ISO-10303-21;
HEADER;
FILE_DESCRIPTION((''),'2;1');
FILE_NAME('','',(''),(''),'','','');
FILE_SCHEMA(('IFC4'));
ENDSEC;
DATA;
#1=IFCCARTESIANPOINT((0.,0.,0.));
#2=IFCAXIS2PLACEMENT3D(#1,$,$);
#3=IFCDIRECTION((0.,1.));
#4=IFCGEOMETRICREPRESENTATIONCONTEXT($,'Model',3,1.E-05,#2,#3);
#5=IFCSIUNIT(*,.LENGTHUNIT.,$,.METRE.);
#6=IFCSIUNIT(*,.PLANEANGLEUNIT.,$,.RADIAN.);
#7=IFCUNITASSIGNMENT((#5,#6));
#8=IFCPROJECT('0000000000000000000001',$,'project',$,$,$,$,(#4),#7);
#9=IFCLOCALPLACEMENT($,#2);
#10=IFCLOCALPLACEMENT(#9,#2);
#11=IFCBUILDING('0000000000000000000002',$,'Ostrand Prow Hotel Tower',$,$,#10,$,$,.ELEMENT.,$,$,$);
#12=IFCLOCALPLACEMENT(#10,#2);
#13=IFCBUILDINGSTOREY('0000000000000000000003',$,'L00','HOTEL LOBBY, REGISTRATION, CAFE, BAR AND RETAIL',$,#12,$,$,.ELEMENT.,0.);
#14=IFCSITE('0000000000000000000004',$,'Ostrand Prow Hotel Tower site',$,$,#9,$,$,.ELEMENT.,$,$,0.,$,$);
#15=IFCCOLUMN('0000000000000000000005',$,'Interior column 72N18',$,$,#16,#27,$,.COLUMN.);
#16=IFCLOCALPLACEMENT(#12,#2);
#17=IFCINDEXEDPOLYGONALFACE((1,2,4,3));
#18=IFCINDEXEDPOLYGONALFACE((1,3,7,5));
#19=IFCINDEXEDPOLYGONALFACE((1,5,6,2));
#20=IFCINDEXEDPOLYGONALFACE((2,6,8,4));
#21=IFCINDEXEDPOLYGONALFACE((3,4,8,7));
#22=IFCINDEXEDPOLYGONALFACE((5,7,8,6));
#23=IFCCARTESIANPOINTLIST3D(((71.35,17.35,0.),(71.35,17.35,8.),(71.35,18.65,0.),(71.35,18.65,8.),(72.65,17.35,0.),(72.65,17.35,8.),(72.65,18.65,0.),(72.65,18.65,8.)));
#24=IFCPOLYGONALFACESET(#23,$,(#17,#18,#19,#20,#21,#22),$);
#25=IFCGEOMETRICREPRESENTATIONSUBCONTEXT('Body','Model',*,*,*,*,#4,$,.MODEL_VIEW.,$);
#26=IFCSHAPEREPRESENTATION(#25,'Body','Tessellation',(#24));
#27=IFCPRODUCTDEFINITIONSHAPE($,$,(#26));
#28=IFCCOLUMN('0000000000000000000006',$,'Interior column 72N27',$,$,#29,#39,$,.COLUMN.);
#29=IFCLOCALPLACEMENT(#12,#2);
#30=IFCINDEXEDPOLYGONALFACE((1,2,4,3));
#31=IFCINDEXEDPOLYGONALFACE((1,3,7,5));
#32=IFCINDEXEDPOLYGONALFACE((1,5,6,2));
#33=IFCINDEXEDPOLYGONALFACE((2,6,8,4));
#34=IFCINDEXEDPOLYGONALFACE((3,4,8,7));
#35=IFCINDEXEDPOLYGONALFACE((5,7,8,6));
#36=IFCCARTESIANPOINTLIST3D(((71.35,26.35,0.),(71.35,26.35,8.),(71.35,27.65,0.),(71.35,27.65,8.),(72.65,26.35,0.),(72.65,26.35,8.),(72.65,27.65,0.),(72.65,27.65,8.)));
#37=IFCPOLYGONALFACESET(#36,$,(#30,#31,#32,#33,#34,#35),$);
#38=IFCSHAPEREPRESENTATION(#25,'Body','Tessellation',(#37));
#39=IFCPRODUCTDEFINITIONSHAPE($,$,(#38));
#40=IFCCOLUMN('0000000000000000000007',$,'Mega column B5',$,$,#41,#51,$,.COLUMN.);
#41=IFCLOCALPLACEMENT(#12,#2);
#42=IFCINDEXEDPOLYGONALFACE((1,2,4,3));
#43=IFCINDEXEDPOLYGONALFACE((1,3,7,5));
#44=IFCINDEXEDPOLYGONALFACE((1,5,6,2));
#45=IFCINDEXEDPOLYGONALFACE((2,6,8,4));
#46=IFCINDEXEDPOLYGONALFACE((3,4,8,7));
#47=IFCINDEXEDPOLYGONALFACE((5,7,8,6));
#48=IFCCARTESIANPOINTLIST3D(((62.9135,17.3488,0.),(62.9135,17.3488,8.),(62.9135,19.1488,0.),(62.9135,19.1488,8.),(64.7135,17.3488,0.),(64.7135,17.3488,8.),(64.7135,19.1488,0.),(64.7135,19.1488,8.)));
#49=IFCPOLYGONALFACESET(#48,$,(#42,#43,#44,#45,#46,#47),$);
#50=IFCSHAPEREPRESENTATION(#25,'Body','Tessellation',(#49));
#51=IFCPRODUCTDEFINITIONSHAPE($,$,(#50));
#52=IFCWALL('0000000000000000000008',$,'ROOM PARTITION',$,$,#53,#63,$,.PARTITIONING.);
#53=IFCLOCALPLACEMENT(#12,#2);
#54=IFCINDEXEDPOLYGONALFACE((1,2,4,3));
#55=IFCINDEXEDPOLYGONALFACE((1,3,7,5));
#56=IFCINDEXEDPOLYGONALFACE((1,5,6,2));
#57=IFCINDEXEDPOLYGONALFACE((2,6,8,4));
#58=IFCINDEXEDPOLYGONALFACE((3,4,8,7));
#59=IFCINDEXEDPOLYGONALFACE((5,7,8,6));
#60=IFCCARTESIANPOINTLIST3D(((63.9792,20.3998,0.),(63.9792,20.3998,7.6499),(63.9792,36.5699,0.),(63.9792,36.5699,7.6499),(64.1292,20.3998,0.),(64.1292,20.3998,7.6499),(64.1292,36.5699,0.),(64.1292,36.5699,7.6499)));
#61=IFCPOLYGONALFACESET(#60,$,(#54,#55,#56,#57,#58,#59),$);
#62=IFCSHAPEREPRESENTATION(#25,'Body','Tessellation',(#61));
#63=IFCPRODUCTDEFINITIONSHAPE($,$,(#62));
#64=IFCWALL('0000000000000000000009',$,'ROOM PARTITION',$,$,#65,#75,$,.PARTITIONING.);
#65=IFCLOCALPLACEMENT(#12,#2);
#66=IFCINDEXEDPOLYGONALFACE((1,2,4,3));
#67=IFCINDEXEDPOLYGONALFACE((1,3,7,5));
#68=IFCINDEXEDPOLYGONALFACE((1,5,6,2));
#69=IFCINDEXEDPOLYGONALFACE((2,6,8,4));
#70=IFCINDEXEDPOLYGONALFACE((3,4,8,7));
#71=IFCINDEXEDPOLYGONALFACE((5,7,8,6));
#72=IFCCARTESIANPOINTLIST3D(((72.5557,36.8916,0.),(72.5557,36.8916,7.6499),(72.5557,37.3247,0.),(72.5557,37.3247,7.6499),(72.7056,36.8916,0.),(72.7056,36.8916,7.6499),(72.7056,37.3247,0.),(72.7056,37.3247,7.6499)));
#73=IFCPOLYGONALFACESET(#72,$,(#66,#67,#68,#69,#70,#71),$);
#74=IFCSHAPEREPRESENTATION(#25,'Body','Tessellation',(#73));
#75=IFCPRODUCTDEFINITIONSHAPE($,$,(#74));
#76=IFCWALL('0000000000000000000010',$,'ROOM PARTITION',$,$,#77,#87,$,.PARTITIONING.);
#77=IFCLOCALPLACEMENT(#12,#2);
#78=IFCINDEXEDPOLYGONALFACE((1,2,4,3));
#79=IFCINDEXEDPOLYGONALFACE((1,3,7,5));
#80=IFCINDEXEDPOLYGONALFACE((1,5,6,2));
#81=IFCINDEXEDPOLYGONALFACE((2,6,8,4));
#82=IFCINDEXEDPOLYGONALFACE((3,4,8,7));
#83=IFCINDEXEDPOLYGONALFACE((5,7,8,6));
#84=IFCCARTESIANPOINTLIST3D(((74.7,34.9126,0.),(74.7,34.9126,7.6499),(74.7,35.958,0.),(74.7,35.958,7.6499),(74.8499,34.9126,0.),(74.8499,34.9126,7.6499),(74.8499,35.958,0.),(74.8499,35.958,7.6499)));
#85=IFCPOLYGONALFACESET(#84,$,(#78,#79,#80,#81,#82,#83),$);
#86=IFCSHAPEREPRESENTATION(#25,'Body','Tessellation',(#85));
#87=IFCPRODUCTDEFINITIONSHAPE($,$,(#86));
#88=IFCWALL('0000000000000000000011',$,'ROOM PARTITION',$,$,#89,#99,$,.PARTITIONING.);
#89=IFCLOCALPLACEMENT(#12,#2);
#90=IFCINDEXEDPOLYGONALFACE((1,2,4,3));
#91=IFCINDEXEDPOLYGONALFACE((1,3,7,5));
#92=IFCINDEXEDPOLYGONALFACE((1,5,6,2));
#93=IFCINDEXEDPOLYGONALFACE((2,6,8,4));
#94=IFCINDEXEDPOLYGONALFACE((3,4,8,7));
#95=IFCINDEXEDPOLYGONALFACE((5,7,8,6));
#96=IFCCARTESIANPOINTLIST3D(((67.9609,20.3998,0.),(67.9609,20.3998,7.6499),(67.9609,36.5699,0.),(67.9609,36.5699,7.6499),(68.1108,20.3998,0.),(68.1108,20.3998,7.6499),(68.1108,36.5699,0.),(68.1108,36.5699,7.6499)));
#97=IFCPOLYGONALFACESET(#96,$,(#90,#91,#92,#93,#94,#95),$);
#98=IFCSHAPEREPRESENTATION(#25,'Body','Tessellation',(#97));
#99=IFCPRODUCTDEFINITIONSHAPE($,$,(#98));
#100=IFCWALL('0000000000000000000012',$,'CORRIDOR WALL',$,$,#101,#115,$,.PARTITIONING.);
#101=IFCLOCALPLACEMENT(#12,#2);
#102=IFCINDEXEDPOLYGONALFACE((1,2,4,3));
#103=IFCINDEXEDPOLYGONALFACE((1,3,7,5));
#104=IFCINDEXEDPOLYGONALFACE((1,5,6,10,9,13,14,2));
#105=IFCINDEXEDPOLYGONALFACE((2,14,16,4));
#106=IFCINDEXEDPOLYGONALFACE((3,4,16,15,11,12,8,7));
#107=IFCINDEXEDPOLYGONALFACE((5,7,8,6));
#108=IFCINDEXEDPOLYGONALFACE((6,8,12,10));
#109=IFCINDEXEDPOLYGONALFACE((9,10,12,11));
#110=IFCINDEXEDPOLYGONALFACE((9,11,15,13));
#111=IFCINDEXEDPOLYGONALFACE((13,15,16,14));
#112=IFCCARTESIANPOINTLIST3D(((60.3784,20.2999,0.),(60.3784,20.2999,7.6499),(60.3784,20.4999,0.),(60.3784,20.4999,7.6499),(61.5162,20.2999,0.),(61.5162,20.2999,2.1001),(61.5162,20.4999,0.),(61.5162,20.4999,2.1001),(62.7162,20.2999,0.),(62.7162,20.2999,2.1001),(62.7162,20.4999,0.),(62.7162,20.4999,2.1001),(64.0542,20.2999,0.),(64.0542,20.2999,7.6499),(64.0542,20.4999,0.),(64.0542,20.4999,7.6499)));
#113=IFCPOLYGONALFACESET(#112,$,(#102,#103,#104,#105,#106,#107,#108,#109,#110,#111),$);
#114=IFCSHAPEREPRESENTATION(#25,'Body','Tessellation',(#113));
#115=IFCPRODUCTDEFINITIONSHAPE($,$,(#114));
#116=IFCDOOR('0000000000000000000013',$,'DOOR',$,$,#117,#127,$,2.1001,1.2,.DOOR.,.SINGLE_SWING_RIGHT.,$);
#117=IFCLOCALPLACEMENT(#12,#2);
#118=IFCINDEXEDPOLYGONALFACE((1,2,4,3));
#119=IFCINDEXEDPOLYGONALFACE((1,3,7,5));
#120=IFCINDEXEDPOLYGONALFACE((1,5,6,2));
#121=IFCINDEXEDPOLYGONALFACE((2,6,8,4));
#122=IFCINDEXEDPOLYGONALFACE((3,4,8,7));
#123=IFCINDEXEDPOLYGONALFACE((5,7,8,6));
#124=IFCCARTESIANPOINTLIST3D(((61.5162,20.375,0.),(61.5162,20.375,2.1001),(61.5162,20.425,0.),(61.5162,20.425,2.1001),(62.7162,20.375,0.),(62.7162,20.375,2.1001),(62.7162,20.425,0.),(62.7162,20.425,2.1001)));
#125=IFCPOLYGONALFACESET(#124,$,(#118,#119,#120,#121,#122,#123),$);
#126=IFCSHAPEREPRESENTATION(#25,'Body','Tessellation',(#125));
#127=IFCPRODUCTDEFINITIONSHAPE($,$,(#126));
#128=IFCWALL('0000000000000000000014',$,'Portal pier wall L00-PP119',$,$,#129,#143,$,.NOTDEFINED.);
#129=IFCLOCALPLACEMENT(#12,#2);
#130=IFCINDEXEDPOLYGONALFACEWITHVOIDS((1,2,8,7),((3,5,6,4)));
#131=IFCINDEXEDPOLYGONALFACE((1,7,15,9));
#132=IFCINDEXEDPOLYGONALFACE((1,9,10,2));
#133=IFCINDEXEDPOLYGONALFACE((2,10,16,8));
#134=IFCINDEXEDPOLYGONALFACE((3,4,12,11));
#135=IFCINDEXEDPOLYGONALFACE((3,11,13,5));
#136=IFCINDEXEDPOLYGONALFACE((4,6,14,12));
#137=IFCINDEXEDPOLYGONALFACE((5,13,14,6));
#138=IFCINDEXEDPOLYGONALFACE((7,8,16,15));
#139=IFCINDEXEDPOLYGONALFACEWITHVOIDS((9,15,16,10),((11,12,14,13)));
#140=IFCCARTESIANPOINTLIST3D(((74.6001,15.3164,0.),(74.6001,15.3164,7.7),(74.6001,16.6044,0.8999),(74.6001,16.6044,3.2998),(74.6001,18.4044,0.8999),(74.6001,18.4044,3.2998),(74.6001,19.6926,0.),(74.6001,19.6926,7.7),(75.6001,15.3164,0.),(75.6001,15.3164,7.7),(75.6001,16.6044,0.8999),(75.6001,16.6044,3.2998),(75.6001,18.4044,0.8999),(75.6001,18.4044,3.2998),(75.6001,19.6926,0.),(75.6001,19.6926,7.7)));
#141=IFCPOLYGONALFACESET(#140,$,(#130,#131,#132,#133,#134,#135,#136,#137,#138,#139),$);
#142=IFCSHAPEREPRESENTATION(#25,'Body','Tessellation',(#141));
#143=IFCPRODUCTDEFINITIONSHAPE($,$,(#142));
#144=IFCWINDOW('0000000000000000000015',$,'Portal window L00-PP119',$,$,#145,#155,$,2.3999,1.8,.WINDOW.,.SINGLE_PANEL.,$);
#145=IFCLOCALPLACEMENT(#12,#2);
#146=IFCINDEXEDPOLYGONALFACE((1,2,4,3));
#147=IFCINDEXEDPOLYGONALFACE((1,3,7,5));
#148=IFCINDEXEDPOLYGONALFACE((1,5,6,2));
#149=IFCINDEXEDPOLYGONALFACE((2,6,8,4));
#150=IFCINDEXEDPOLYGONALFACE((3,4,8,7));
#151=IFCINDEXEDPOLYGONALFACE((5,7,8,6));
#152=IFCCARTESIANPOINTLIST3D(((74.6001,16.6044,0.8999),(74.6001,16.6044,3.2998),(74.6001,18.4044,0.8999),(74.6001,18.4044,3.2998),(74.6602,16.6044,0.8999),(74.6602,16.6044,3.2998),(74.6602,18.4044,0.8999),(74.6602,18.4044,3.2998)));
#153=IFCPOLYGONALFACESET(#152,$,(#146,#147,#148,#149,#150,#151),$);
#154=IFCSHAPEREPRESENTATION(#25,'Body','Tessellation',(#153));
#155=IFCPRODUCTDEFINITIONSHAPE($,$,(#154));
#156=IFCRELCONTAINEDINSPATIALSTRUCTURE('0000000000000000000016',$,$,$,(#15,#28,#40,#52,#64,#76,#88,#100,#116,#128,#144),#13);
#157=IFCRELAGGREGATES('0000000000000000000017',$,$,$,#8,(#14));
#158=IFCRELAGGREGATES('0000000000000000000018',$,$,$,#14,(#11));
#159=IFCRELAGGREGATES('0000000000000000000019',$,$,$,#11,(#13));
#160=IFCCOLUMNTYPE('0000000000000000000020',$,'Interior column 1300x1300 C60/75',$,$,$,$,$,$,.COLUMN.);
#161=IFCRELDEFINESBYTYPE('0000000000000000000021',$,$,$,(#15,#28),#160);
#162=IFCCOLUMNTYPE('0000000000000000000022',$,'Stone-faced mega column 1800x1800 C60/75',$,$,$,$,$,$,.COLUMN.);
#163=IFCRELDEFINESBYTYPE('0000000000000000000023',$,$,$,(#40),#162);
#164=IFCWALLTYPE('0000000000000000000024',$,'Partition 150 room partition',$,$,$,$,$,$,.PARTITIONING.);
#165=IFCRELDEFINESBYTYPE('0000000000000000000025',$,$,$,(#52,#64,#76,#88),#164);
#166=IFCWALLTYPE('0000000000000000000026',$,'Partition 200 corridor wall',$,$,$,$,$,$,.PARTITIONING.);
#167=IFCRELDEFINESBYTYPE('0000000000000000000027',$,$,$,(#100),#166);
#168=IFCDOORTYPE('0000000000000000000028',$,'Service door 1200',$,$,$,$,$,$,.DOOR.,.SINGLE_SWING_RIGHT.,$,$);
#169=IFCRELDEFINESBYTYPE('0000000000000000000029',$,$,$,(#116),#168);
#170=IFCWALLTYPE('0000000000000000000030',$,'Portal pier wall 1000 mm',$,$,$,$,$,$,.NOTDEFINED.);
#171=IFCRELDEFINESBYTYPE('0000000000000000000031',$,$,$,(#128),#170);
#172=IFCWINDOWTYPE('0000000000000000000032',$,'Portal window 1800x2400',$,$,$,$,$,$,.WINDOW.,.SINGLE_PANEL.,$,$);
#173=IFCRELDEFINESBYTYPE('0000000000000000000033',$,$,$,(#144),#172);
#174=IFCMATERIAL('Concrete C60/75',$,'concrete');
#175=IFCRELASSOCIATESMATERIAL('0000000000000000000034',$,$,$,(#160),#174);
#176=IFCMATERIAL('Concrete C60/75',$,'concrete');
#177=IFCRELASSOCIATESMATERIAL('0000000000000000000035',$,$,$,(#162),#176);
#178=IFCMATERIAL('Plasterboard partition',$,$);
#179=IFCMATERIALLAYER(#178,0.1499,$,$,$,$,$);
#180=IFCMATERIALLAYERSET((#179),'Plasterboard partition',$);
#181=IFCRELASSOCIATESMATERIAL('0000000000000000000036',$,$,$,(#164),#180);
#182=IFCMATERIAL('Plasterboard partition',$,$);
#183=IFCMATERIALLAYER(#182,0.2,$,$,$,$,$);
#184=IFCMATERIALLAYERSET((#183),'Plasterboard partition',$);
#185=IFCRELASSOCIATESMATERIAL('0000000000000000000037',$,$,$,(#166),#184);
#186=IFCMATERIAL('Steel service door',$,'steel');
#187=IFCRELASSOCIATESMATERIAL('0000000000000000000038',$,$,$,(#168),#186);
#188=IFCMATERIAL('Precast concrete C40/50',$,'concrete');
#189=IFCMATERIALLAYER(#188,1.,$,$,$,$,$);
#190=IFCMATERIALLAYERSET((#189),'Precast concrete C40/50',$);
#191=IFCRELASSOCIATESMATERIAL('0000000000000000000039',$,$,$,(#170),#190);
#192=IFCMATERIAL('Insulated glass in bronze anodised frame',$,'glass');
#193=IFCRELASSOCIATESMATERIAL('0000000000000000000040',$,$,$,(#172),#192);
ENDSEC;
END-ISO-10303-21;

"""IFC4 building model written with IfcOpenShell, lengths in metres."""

from ifc_helpers import new_model, si_unit, direction, frame, frame_2d, origin, origin_2d, place, context, subcontext, project, spatial, polyline, rectangle, outline, extrude, material, layer, layer_set, material_profile, profile_set, type_object, element, fill, save


model = new_model("IFC4")

# Units and contexts
model_context = context("Model", 3, precision=1e-05, world=origin(), true_north=direction((0.0, 1.0)))
body_context = subcontext(model_context, "Body", "Model", "MODEL_VIEW")
ifc_project = project(units=[si_unit("LENGTHUNIT", "METRE"), si_unit("PLANEANGLEUNIT", "RADIAN")], contexts=[model_context])

# Site, building, storey
site_placement = place(None, origin())
site = spatial("IfcSite", under=ifc_project, at=site_placement, Name="Ostrand Prow Hotel Tower site", CompositionType="ELEMENT", RefElevation=0.0)
building_placement = place(site_placement, origin())
building = spatial("IfcBuilding", under=site, at=building_placement, Name="Ostrand Prow Hotel Tower", CompositionType="ELEMENT")
storey_placement = place(building_placement, origin())
storey = spatial("IfcBuildingStorey", under=building, at=storey_placement, Name="L00", Description="HOTEL LOBBY, REGISTRATION, CAFE, BAR AND RETAIL", CompositionType="ELEMENT", Elevation=0.0)

# Columns
ifc_material_1 = material(Name="Concrete C60/75", Category="concrete")
ifc_material_profile_1 = material_profile(ifc_material_1, rectangle(XDim=1.3, YDim=1.3, at=origin_2d()), Name="RC 1300x1300")
ifc_profile_set_1 = profile_set([ifc_material_profile_1], Name="Concrete C60/75")
column_type_1 = type_object("IfcColumnType", Name="Interior column 1300x1300 C60/75", PredefinedType="COLUMN", material=ifc_profile_set_1)
for number, where, z_axis, x_axis, name in (
    (1, (72.0, 18.0, 0.0), (0.0, 0.0, 1.0), (1.0, 0.0, 0.0), "Interior column 72N18"),
    (2, (72.0, 27.0, 0.0), (0.0, 0.0, 1.0), (1.0, 0.0, 0.0), "Interior column 72N27"),
):
    element("IfcColumn", number, at=place(storey_placement, frame(where, z_axis=z_axis, x_axis=x_axis)), inside=storey, type_object=column_type_1, Name=name, PredefinedType="COLUMN", context=body_context, shape_type="SweptSolid", body=[
        extrude(rectangle(XDim=1.3, YDim=1.3, at=origin_2d()), origin(), (0.0, 0.0, 1.0), 8.0),
    ])
ifc_material_2 = material(Name="Concrete C60/75", Category="concrete")
ifc_material_profile_2 = material_profile(ifc_material_2, rectangle(XDim=1.8, YDim=1.8, at=origin_2d()), Name="RC 1800x1800")
ifc_profile_set_2 = profile_set([ifc_material_profile_2], Name="Concrete C60/75")
column_type_2 = type_object("IfcColumnType", Name="Stone-faced mega column 1800x1800 C60/75", PredefinedType="COLUMN", material=ifc_profile_set_2)
column_placement = place(storey_placement, frame((63.8135, 18.2488, 0.0), z_axis=(0.0, 0.0, 1.0), x_axis=(1.0, 0.0, 0.0)))
element("IfcColumn", 3, at=column_placement, inside=storey, type_object=column_type_2, Name="Mega column B5", PredefinedType="COLUMN", context=body_context, shape_type="SweptSolid", body=[
    extrude(rectangle(XDim=1.8, YDim=1.8, at=origin_2d()), origin(), (0.0, 0.0, 1.0), 8.0),
])

# Walls
ifc_material_3 = material(Name="Plasterboard partition")
ifc_layer_1 = layer(ifc_material_3, 0.1499)
ifc_layer_set_1 = layer_set([ifc_layer_1], Name="Plasterboard partition")
wall_type_1 = type_object("IfcWallType", Name="Partition 150 room partition", PredefinedType="PARTITIONING", material=ifc_layer_set_1)
wall_1_placement = place(storey_placement, frame((64.0542, 20.3999, 0.0), z_axis=(0.0, 0.0, 1.0), x_axis=(0.0, 1.0, 0.0)))
element("IfcWall", 4, at=wall_1_placement, inside=storey, type_object=wall_type_1, Name="ROOM PARTITION", PredefinedType="PARTITIONING", context=body_context, shape_type="SweptSolid", body=[
    extrude(rectangle(XDim=16.1702, YDim=0.1499, at=frame_2d((8.085, 0.0))), origin(), (0.0, 0.0, 1.0), 7.6499),
])
wall_2_placement = place(storey_placement, frame((72.6306, 36.8916, 0.0), z_axis=(0.0, 0.0, 1.0), x_axis=(0.0, 1.0, 0.0)))
element("IfcWall", 5, at=wall_2_placement, inside=storey, type_object=wall_type_1, Name="ROOM PARTITION", PredefinedType="PARTITIONING", context=body_context, shape_type="SweptSolid", body=[
    extrude(rectangle(XDim=0.4331, YDim=0.1499, at=frame_2d((0.2166, 0.0))), origin(), (0.0, 0.0, 1.0), 7.6499),
])
wall_3_placement = place(storey_placement, frame((74.7749, 34.9126, 0.0), z_axis=(0.0, 0.0, 1.0), x_axis=(0.0, 1.0, 0.0)))
element("IfcWall", 6, at=wall_3_placement, inside=storey, type_object=wall_type_1, Name="ROOM PARTITION", PredefinedType="PARTITIONING", context=body_context, shape_type="SweptSolid", body=[
    extrude(rectangle(XDim=1.0454, YDim=0.1499, at=frame_2d((0.5227, 0.0))), origin(), (0.0, 0.0, 1.0), 7.6499),
])
wall_4_placement = place(storey_placement, frame((68.0359, 20.3999, 0.0), z_axis=(0.0, 0.0, 1.0), x_axis=(0.0, 1.0, 0.0)))
element("IfcWall", 7, at=wall_4_placement, inside=storey, type_object=wall_type_1, Name="ROOM PARTITION", PredefinedType="PARTITIONING", context=body_context, shape_type="SweptSolid", body=[
    extrude(rectangle(XDim=16.1702, YDim=0.1499, at=frame_2d((8.085, 0.0))), origin(), (0.0, 0.0, 1.0), 7.6499),
])

# Wall, opening, door
ifc_material_4 = material(Name="Plasterboard partition")
ifc_layer_2 = layer(ifc_material_4, 0.2)
ifc_layer_set_2 = layer_set([ifc_layer_2], Name="Plasterboard partition")
wall_type_2 = type_object("IfcWallType", Name="Partition 200 corridor wall", PredefinedType="PARTITIONING", material=ifc_layer_set_2)
wall_5_placement = place(storey_placement, frame((64.0542, 20.3999, 0.0), z_axis=(0.0, 0.0, 1.0), x_axis=(-1.0, 0.0, 0.0)))
wall_5 = element("IfcWall", 8, at=wall_5_placement, inside=storey, type_object=wall_type_2, Name="CORRIDOR WALL", PredefinedType="PARTITIONING", context=body_context, shape_type="SweptSolid", body=[
    extrude(rectangle(XDim=3.6758, YDim=0.2, at=frame_2d((1.8379, 0.0))), origin(), (0.0, 0.0, 1.0), 7.6499),
])
opening_1_placement = place(wall_5_placement, frame((1.3379, 0.0, 0.0)))
opening_1 = element("IfcOpeningElement", 9, at=opening_1_placement, cuts=wall_5, PredefinedType="OPENING", context=body_context, shape_type="SweptSolid", body=[
    extrude(rectangle(XDim=1.2, YDim=2.1001, at=frame_2d((0.6001, 1.05))), frame((0.0, 0.1099, 0.0), z_axis=(0.0, -1.0, 0.0), x_axis=(1.0, 0.0, 0.0)), (0.0, 0.0, 1.0), 0.22),
])
ifc_material_5 = material(Name="Steel service door", Category="steel")
door_type_1 = type_object("IfcDoorType", Name="Service door 1200", OperationType="SINGLE_SWING_RIGHT", PredefinedType="DOOR", material=ifc_material_5)
door_1_placement = place(opening_1_placement, origin())
door_1 = element("IfcDoor", 10, at=door_1_placement, inside=storey, type_object=door_type_1, Name="DOOR", OperationType="SINGLE_SWING_RIGHT", OverallHeight=2.1001, OverallWidth=1.2, PredefinedType="DOOR", context=body_context, shape_type="SweptSolid", body=[
    extrude(rectangle(XDim=1.2, YDim=2.1001, at=frame_2d((0.6001, 1.05))), frame((0.0, 0.0249, 0.0), z_axis=(0.0, -1.0, 0.0), x_axis=(1.0, 0.0, 0.0)), (0.0, 0.0, 1.0), 0.05),
])
fill(opening_1, door_1)

# Wall, opening, window
ifc_material_6 = material(Name="Precast concrete C40/50", Category="concrete")
ifc_layer_3 = layer(ifc_material_6, 1.0)
ifc_layer_set_3 = layer_set([ifc_layer_3], Name="Precast concrete C40/50")
wall_type_3 = type_object("IfcWallType", Name="Portal pier wall 1000 mm", PredefinedType="NOTDEFINED", material=ifc_layer_set_3)
wall_6_placement = place(storey_placement, frame((75.1001, 15.3164, 0.0), z_axis=(0.0, 0.0, 1.0), x_axis=(0.0, 1.0, 0.0)))
wall_6 = element("IfcWall", 11, at=wall_6_placement, inside=storey, type_object=wall_type_3, Name="Portal pier wall L00-PP119", PredefinedType="NOTDEFINED", context=body_context, shape_type="SweptSolid", body=[
    extrude(outline(polyline([(0.0, -0.5), (4.3762, -0.5), (4.3762, 0.5), (0.0, 0.5), (0.0, -0.5)])), origin(), (0.0, 0.0, 1.0), 7.7),
])
opening_2_placement = place(wall_6_placement, frame((1.2881, 0.0, 0.8999)))
opening_2 = element("IfcOpeningElement", 12, at=opening_2_placement, cuts=wall_6, PredefinedType="OPENING", context=body_context, shape_type="SweptSolid", body=[
    extrude(rectangle(XDim=1.8, YDim=2.3999, at=frame_2d((0.8999, 1.2))), frame((0.0, 0.51, 0.0), z_axis=(0.0, -1.0, 0.0), x_axis=(1.0, 0.0, 0.0)), (0.0, 0.0, 1.0), 1.02),
])
ifc_material_7 = material(Name="Insulated glass in bronze anodised frame", Category="glass")
window_type = type_object("IfcWindowType", Name="Portal window 1800x2400", PartitioningType="SINGLE_PANEL", PredefinedType="WINDOW", material=ifc_material_7)
window_1_placement = place(opening_2_placement, origin())
window_1 = element("IfcWindow", 13, at=window_1_placement, inside=storey, type_object=window_type, Name="Portal window L00-PP119", OverallHeight=2.3999, OverallWidth=1.8, PartitioningType="SINGLE_PANEL", PredefinedType="WINDOW", context=body_context, shape_type="SweptSolid", body=[
    extrude(rectangle(XDim=1.8, YDim=2.3999, at=frame_2d((0.8999, 1.2))), frame((0.0, 0.5, 0.0), z_axis=(0.0, -1.0, 0.0), x_axis=(1.0, 0.0, 0.0)), (0.0, 0.0, 1.0), 0.0601),
])
fill(opening_2, window_1)

save(model, "model.ifc")
